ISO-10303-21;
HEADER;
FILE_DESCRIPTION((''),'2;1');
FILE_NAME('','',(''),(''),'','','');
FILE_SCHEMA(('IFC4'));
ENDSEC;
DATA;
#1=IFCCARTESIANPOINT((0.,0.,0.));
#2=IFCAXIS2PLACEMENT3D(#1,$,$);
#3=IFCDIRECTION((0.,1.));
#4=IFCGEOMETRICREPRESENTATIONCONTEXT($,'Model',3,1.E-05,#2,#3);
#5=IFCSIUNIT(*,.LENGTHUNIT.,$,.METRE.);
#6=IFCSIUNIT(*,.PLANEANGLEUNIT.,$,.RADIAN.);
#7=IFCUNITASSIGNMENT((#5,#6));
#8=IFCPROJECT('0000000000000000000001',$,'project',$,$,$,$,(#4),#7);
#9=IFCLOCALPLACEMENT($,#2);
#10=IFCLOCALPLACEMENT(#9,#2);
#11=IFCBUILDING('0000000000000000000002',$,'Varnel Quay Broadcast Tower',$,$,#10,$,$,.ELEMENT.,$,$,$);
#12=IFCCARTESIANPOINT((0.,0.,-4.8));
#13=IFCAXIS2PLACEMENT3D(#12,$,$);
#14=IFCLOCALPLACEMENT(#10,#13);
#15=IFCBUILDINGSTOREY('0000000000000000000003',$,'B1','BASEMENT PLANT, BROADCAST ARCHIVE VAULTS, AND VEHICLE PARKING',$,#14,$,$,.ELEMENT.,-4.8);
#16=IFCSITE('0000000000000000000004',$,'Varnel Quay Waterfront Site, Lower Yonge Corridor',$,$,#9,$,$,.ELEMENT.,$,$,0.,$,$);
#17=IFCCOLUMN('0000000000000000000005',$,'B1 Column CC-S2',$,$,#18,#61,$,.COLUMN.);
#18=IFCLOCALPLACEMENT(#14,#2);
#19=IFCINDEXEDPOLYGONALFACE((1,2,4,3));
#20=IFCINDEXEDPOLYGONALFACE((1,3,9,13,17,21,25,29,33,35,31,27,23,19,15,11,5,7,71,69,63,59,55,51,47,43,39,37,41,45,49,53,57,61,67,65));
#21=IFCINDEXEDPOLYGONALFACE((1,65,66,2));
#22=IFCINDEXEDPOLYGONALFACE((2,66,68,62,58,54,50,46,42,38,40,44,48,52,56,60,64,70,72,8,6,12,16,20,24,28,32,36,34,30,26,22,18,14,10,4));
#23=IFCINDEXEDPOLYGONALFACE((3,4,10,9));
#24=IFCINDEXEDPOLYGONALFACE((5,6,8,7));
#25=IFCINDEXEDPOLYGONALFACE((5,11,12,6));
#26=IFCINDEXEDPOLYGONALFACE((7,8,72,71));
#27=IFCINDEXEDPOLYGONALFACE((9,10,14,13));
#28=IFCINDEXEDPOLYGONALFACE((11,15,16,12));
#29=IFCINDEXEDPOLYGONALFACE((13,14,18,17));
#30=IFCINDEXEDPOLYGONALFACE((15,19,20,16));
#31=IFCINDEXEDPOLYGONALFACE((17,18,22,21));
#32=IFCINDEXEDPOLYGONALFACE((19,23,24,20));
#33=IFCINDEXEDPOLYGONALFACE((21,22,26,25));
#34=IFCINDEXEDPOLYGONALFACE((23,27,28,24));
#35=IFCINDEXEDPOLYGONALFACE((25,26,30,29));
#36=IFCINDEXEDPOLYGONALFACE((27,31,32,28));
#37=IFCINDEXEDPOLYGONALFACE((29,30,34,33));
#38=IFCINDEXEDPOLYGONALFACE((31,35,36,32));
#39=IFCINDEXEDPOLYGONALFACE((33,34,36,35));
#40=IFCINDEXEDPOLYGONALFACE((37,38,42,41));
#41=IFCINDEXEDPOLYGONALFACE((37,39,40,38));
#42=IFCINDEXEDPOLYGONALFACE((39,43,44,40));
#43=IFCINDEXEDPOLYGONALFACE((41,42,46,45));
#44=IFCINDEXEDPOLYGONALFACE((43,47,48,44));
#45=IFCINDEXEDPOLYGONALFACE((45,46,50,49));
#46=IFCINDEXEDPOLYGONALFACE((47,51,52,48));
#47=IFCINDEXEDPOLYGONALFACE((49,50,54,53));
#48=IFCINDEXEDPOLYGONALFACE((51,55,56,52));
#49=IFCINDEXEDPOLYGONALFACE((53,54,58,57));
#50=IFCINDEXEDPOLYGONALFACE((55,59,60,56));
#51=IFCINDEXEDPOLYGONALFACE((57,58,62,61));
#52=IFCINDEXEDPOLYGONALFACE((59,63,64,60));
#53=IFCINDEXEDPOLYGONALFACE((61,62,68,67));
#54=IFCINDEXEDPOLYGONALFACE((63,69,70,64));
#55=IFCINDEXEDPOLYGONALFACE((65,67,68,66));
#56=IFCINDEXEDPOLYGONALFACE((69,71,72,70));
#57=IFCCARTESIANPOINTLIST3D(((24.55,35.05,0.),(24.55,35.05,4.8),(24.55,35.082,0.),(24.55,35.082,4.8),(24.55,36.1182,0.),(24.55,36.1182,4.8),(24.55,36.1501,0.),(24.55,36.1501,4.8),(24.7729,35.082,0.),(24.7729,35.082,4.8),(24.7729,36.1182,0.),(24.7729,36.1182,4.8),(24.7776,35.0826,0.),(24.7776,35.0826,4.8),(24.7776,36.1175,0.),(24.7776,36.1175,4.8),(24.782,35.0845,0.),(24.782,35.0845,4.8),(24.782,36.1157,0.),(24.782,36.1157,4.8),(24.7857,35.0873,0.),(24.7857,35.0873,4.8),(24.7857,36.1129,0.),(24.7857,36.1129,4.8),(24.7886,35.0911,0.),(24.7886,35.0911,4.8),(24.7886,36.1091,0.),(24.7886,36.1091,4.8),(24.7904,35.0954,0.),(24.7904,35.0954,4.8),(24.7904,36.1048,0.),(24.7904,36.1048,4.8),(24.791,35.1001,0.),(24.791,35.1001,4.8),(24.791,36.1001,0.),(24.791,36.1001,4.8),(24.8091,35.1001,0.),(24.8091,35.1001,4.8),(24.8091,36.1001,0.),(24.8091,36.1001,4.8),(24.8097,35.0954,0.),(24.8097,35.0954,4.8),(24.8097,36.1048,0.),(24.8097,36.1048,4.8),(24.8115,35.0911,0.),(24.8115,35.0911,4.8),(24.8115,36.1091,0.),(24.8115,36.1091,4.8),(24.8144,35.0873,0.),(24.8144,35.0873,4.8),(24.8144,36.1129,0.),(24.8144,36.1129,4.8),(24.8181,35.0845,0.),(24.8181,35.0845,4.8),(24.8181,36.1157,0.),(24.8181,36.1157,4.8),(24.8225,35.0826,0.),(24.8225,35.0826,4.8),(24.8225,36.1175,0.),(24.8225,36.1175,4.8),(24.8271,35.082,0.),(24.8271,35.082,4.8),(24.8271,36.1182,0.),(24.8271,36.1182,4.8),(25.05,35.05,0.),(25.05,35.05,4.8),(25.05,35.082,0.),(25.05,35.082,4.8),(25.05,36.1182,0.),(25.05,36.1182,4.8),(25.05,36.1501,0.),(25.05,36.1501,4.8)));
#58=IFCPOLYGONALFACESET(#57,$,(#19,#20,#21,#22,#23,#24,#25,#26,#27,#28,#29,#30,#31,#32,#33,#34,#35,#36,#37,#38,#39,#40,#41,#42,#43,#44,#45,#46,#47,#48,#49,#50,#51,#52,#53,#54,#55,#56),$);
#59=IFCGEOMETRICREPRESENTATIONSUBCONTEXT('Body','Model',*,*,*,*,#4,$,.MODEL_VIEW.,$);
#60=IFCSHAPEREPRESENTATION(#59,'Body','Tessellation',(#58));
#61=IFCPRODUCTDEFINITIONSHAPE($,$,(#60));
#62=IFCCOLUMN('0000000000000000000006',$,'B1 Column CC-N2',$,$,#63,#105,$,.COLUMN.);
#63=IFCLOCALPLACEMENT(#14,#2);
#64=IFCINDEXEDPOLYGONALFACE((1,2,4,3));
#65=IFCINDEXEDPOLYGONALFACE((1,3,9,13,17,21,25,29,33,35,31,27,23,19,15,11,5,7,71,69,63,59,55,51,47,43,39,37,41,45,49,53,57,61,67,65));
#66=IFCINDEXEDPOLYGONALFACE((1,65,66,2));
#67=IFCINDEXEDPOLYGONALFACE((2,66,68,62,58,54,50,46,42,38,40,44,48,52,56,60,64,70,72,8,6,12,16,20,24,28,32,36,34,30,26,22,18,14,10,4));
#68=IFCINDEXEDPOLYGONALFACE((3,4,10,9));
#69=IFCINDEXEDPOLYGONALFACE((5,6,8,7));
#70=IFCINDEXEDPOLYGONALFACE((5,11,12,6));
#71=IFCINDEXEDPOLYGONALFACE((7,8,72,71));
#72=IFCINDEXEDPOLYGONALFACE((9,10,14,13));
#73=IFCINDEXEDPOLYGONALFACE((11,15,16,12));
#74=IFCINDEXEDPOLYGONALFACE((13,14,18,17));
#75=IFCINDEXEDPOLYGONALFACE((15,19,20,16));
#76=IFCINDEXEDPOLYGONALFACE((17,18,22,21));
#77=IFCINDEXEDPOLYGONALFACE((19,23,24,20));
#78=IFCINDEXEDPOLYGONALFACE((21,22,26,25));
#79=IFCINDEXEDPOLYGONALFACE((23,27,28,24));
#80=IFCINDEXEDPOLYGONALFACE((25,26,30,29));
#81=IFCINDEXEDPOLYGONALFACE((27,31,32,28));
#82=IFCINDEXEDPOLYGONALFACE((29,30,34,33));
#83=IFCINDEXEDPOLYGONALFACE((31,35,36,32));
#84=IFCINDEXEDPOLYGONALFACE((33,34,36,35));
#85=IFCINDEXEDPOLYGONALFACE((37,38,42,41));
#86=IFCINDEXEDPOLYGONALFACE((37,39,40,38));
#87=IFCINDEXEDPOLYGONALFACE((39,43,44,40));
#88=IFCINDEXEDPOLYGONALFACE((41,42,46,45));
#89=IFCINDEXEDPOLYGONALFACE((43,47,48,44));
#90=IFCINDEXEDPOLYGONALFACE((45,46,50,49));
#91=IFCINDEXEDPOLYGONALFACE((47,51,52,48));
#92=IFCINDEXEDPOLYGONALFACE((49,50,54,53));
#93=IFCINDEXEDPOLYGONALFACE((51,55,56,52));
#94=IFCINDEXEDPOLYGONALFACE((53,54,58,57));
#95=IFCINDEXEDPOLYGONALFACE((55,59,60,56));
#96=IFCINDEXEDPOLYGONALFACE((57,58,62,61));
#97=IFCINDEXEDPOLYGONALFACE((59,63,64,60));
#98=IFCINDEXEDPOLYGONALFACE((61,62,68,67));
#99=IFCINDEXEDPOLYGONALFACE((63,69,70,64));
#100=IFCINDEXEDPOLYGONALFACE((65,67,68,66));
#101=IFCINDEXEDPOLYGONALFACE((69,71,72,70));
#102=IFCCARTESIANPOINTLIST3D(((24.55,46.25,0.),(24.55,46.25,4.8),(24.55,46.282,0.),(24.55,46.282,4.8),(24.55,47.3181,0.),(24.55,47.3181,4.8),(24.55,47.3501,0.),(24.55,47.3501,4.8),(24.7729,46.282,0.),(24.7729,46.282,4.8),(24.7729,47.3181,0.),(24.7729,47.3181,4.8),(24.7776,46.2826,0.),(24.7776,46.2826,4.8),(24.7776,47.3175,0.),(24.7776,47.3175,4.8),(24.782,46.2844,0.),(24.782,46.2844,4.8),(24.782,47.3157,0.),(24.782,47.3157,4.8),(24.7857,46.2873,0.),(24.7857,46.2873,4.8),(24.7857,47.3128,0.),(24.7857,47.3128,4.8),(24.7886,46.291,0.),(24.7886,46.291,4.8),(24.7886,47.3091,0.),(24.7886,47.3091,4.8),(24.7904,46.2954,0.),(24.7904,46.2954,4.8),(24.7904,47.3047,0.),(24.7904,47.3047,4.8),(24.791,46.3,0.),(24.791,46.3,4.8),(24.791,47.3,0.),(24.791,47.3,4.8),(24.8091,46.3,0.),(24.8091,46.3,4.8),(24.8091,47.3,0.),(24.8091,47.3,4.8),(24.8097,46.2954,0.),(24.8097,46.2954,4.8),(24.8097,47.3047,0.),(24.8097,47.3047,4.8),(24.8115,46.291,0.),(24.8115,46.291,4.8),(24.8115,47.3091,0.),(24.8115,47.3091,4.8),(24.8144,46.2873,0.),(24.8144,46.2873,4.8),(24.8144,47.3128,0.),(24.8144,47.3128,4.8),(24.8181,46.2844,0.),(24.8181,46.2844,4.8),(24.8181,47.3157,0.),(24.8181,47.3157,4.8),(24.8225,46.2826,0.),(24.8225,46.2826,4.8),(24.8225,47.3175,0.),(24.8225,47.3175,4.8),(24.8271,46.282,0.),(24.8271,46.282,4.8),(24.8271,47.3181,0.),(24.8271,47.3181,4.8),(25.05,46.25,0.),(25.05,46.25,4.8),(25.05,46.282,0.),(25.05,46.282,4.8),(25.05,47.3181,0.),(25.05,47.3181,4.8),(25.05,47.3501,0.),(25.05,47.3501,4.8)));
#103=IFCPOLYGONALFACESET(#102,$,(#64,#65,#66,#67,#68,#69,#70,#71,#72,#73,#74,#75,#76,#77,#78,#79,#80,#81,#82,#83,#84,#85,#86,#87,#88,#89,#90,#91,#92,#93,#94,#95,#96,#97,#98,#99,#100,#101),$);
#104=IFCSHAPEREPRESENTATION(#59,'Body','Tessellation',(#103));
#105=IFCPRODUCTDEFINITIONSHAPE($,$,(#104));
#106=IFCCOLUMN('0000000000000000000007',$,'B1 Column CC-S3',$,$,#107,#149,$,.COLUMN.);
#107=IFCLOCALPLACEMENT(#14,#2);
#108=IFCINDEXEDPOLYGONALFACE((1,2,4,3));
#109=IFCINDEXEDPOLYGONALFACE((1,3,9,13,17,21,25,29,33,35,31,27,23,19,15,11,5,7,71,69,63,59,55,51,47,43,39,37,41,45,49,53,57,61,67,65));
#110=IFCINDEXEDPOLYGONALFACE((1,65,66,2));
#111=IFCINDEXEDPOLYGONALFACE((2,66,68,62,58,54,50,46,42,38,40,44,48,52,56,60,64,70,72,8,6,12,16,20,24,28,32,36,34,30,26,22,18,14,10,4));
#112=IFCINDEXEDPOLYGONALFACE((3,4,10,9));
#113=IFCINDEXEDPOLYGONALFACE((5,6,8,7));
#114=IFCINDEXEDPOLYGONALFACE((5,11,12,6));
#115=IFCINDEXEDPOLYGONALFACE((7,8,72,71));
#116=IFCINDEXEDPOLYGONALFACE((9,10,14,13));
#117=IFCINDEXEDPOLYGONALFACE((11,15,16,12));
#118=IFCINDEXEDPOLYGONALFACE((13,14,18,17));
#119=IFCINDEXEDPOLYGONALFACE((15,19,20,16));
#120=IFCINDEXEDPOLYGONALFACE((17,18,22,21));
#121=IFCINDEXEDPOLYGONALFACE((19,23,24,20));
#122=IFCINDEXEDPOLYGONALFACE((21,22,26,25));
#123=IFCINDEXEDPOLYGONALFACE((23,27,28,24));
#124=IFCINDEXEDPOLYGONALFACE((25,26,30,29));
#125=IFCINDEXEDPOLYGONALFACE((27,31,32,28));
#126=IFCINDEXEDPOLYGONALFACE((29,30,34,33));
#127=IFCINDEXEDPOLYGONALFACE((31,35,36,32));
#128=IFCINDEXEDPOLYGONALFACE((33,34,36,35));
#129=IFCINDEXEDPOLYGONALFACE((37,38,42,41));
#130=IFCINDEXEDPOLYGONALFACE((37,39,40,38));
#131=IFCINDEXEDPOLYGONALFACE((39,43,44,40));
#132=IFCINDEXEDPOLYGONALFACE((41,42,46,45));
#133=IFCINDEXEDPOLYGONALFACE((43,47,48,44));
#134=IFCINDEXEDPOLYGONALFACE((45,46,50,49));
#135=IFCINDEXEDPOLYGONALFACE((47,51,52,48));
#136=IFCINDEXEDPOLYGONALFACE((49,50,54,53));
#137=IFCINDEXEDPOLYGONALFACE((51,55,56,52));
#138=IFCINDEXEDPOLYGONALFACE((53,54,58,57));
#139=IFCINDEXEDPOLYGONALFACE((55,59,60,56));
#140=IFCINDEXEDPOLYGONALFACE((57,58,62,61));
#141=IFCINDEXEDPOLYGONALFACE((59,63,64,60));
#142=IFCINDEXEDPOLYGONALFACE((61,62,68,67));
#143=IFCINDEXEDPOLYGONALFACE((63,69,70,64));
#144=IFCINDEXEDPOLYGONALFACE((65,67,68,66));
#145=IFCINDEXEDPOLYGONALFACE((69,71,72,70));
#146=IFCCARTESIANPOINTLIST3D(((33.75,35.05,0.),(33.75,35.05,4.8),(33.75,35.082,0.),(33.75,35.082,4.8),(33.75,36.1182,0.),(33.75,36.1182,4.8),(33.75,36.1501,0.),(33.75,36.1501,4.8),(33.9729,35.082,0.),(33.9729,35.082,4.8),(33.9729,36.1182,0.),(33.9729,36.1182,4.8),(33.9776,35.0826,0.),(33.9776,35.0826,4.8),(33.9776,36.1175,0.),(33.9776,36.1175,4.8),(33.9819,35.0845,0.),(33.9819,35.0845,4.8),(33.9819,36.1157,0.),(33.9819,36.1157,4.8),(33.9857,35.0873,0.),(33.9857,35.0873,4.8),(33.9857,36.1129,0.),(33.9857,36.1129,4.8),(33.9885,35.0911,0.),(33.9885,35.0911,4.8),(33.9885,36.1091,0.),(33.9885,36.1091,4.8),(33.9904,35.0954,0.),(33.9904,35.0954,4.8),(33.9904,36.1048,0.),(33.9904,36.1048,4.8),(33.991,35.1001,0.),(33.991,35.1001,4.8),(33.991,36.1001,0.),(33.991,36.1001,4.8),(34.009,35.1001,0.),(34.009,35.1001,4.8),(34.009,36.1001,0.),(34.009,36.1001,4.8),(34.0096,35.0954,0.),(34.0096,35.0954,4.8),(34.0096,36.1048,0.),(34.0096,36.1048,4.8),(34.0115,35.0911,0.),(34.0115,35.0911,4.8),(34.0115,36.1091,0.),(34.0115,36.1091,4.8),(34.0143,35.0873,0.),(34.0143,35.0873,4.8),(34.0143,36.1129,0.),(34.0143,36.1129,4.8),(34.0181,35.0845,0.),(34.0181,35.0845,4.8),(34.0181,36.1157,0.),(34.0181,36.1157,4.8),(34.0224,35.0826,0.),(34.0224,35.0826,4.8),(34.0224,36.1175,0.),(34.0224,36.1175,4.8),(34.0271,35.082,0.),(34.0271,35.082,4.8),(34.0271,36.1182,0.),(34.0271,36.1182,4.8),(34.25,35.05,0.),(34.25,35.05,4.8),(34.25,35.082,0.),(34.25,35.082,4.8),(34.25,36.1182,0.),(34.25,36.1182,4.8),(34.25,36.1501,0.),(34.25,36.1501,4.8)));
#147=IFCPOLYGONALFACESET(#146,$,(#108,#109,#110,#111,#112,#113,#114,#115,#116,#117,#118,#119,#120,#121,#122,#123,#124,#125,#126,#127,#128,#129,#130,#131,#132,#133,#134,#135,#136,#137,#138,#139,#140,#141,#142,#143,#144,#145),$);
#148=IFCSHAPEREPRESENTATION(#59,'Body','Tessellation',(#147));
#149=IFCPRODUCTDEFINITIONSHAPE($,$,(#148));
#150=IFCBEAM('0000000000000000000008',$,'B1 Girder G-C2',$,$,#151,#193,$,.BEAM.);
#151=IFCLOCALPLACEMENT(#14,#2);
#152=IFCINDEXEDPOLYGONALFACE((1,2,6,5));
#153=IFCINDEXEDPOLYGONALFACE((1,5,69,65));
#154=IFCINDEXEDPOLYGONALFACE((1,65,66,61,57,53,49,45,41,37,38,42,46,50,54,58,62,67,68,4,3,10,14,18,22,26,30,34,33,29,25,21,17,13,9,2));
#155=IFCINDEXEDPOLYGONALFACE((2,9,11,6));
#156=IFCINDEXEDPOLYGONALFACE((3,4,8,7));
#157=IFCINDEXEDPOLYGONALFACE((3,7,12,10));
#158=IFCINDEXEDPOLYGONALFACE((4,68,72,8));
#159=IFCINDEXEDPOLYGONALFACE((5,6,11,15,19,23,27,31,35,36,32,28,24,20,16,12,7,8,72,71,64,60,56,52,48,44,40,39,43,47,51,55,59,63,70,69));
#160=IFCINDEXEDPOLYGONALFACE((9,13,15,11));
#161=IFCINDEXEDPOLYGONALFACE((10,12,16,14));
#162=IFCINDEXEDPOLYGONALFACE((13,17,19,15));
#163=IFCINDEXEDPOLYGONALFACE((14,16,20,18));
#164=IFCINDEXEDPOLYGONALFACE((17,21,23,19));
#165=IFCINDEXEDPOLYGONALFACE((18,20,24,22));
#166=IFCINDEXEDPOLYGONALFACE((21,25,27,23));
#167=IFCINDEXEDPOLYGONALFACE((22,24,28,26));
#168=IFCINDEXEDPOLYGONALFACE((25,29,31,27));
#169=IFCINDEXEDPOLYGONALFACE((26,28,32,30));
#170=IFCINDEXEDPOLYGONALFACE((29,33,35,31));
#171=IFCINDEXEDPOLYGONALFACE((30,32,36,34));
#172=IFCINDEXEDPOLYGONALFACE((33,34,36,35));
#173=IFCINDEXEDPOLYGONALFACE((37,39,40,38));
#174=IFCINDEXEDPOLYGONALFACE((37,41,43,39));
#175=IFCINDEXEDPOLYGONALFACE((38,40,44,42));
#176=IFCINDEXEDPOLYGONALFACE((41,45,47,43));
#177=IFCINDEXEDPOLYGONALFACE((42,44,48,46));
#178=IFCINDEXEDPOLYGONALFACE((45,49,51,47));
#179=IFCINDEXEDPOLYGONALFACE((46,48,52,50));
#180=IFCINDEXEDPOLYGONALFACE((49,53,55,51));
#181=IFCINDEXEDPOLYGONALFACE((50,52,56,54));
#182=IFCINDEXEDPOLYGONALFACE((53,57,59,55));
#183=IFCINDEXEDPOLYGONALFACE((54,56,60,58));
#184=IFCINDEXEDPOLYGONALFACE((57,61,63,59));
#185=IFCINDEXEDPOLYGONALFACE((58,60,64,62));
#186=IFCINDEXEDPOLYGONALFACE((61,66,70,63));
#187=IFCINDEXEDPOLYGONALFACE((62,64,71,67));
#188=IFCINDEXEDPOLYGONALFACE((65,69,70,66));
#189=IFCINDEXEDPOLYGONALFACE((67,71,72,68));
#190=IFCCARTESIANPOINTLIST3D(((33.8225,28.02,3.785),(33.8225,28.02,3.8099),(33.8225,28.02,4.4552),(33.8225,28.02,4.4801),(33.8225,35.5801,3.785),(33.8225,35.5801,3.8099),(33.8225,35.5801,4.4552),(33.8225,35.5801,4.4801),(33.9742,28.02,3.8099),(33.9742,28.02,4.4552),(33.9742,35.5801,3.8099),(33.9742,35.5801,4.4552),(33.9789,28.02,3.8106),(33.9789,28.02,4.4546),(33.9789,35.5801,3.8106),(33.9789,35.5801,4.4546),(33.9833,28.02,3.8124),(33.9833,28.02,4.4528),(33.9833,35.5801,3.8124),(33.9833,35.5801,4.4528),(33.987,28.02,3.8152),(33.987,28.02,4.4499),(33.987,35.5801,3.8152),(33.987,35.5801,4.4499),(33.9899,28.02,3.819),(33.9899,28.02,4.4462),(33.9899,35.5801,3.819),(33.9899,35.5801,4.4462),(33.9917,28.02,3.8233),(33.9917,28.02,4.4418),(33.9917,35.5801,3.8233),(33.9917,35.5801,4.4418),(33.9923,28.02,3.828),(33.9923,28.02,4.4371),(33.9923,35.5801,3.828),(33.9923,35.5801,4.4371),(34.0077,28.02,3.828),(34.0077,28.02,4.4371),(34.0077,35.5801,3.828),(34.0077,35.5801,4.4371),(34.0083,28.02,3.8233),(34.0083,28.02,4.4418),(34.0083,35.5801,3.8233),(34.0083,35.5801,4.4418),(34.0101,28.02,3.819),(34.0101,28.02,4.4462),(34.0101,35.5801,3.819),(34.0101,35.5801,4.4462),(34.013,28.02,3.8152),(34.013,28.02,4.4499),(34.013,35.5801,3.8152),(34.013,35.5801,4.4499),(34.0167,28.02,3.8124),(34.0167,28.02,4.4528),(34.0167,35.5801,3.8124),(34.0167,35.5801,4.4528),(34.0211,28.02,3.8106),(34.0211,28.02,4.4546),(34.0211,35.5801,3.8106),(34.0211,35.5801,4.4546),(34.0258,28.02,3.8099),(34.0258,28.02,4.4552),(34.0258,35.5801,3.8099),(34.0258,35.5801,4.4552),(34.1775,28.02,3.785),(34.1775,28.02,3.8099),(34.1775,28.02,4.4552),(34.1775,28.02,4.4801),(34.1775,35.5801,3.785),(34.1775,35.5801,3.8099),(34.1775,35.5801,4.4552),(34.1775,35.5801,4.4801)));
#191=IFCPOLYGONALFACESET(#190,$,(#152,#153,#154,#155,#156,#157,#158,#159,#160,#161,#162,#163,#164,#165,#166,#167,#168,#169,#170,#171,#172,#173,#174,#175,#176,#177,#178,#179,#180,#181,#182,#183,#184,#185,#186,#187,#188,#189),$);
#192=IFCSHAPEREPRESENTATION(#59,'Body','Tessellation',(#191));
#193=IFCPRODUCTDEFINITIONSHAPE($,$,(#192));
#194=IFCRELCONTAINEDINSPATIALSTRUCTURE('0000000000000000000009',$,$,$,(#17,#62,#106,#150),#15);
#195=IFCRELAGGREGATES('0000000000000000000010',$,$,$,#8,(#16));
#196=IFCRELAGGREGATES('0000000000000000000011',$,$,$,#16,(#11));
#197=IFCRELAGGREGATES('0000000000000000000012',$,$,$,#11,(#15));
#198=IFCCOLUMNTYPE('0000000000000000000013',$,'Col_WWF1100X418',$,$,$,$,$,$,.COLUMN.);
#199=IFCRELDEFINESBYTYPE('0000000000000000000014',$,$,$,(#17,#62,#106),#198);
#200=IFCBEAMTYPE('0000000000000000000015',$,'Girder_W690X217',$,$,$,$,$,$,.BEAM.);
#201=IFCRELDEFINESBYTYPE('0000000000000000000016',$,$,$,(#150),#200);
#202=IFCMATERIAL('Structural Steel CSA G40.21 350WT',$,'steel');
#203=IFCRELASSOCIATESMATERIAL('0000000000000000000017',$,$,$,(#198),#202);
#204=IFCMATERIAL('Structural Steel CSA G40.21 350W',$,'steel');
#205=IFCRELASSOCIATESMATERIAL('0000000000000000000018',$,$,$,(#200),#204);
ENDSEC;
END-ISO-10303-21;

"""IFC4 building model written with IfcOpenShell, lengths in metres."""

from ifc_helpers import new_model, si_unit, direction, frame, origin, origin_2d, place, context, subcontext, project, spatial, i_section, extrude, source, transform, mapped, material, material_profile, profile_set, type_object, type_shapes, element, save


model = new_model("IFC4")

# Units and contexts
model_context = context("Model", 3, precision=1e-05, world=origin(), true_north=direction((0.0, 1.0)))
body_context = subcontext(model_context, "Body", "Model", "MODEL_VIEW")
ifc_project = project(units=[si_unit("LENGTHUNIT", "METRE"), si_unit("PLANEANGLEUNIT", "RADIAN")], contexts=[model_context])

# Site, building, storey
site_placement = place(None, origin())
site = spatial("IfcSite", under=ifc_project, at=site_placement, Name="Varnel Quay Waterfront Site, Lower Yonge Corridor", CompositionType="ELEMENT", RefElevation=0.0)
building_placement = place(site_placement, origin())
building = spatial("IfcBuilding", under=site, at=building_placement, Name="Varnel Quay Broadcast Tower", CompositionType="ELEMENT")
storey_placement = place(building_placement, frame((0.0, 0.0, -4.8)))
storey = spatial("IfcBuildingStorey", under=building, at=storey_placement, Name="B1", Description="BASEMENT PLANT, BROADCAST ARCHIVE VAULTS, AND VEHICLE PARKING", CompositionType="ELEMENT", Elevation=-4.8)

# Columns
ifc_material_1 = material(Name="Structural Steel CSA G40.21 350WT", Category="steel")
ifc_material_profile_1 = material_profile(ifc_material_1, i_section(OverallWidth=0.5, OverallDepth=1.1001, WebThickness=0.0181, FlangeThickness=0.032, FilletRadius=0.0181, at=origin_2d()), Name="WWF1100X418")
ifc_profile_set_1 = profile_set([ifc_material_profile_1], Name="Structural Steel CSA G40.21 350WT")
column_type = type_object("IfcColumnType", Name="Col_WWF1100X418", PredefinedType="COLUMN", material=ifc_profile_set_1)
shared_shape_1 = source(origin(), body_context, "Body", "SweptSolid", [
    extrude(i_section(OverallWidth=0.5, OverallDepth=1.1001, WebThickness=0.0181, FlangeThickness=0.032, FilletRadius=0.0181, at=origin_2d()), origin(), (0.0, 0.0, 1.0), 4.8),
])
type_shapes(column_type, [shared_shape_1])
for number, where, z_axis, x_axis, name in (
    (1, (24.8, 35.6001, 0.0), (0.0, 0.0, 1.0), (1.0, 0.0, 0.0), "B1 Column CC-S2"),
    (2, (24.8, 46.8, 0.0), (0.0, 0.0, 1.0), (1.0, 0.0, 0.0), "B1 Column CC-N2"),
    (3, (34.0, 35.6001, 0.0), (0.0, 0.0, 1.0), (1.0, 0.0, 0.0), "B1 Column CC-S3"),
):
    element("IfcColumn", number, at=place(storey_placement, frame(where, z_axis=z_axis, x_axis=x_axis)), inside=storey, type_object=column_type, Name=name, PredefinedType="COLUMN", context=body_context, shape_type="MappedRepresentation", body=[
        mapped(shared_shape_1, transform((0.0, 0.0, 0.0), x_axis=(1.0, 0.0, 0.0), y_axis=(0.0, 1.0, 0.0), z_axis=(0.0, 0.0, 1.0), scale=1.0)),
    ])

# Beam
ifc_material_2 = material(Name="Structural Steel CSA G40.21 350W", Category="steel")
ifc_material_profile_2 = material_profile(ifc_material_2, i_section(OverallWidth=0.355, OverallDepth=0.6951, WebThickness=0.0154, FlangeThickness=0.0249, FilletRadius=0.0181, at=origin_2d()), Name="W690X217")
ifc_profile_set_2 = profile_set([ifc_material_profile_2], Name="Structural Steel CSA G40.21 350W")
beam_type_1 = type_object("IfcBeamType", Name="Girder_W690X217", PredefinedType="BEAM", material=ifc_profile_set_2)
shared_shape_2 = source(origin(), body_context, "Body", "SweptSolid", [
    extrude(i_section(OverallWidth=0.355, OverallDepth=0.6951, WebThickness=0.0154, FlangeThickness=0.0249, FilletRadius=0.0181, at=origin_2d()), origin(), (0.0, 0.0, 1.0), 7.5601),
])
beam_1_placement = place(storey_placement, frame((34.0, 28.02, 4.1326), z_axis=(0.0, 1.0, 0.0), x_axis=(-1.0, 0.0, 0.0)))
element("IfcBeam", 4, at=beam_1_placement, inside=storey, type_object=beam_type_1, Name="B1 Girder G-C2", PredefinedType="BEAM", context=body_context, shape_type="MappedRepresentation", body=[
    mapped(shared_shape_2, transform((0.0, 0.0, 0.0), x_axis=(1.0, 0.0, 0.0), y_axis=(0.0, 1.0, 0.0), z_axis=(0.0, 0.0, 1.0), scale=1.0)),
])

save(model, "model.ifc")
